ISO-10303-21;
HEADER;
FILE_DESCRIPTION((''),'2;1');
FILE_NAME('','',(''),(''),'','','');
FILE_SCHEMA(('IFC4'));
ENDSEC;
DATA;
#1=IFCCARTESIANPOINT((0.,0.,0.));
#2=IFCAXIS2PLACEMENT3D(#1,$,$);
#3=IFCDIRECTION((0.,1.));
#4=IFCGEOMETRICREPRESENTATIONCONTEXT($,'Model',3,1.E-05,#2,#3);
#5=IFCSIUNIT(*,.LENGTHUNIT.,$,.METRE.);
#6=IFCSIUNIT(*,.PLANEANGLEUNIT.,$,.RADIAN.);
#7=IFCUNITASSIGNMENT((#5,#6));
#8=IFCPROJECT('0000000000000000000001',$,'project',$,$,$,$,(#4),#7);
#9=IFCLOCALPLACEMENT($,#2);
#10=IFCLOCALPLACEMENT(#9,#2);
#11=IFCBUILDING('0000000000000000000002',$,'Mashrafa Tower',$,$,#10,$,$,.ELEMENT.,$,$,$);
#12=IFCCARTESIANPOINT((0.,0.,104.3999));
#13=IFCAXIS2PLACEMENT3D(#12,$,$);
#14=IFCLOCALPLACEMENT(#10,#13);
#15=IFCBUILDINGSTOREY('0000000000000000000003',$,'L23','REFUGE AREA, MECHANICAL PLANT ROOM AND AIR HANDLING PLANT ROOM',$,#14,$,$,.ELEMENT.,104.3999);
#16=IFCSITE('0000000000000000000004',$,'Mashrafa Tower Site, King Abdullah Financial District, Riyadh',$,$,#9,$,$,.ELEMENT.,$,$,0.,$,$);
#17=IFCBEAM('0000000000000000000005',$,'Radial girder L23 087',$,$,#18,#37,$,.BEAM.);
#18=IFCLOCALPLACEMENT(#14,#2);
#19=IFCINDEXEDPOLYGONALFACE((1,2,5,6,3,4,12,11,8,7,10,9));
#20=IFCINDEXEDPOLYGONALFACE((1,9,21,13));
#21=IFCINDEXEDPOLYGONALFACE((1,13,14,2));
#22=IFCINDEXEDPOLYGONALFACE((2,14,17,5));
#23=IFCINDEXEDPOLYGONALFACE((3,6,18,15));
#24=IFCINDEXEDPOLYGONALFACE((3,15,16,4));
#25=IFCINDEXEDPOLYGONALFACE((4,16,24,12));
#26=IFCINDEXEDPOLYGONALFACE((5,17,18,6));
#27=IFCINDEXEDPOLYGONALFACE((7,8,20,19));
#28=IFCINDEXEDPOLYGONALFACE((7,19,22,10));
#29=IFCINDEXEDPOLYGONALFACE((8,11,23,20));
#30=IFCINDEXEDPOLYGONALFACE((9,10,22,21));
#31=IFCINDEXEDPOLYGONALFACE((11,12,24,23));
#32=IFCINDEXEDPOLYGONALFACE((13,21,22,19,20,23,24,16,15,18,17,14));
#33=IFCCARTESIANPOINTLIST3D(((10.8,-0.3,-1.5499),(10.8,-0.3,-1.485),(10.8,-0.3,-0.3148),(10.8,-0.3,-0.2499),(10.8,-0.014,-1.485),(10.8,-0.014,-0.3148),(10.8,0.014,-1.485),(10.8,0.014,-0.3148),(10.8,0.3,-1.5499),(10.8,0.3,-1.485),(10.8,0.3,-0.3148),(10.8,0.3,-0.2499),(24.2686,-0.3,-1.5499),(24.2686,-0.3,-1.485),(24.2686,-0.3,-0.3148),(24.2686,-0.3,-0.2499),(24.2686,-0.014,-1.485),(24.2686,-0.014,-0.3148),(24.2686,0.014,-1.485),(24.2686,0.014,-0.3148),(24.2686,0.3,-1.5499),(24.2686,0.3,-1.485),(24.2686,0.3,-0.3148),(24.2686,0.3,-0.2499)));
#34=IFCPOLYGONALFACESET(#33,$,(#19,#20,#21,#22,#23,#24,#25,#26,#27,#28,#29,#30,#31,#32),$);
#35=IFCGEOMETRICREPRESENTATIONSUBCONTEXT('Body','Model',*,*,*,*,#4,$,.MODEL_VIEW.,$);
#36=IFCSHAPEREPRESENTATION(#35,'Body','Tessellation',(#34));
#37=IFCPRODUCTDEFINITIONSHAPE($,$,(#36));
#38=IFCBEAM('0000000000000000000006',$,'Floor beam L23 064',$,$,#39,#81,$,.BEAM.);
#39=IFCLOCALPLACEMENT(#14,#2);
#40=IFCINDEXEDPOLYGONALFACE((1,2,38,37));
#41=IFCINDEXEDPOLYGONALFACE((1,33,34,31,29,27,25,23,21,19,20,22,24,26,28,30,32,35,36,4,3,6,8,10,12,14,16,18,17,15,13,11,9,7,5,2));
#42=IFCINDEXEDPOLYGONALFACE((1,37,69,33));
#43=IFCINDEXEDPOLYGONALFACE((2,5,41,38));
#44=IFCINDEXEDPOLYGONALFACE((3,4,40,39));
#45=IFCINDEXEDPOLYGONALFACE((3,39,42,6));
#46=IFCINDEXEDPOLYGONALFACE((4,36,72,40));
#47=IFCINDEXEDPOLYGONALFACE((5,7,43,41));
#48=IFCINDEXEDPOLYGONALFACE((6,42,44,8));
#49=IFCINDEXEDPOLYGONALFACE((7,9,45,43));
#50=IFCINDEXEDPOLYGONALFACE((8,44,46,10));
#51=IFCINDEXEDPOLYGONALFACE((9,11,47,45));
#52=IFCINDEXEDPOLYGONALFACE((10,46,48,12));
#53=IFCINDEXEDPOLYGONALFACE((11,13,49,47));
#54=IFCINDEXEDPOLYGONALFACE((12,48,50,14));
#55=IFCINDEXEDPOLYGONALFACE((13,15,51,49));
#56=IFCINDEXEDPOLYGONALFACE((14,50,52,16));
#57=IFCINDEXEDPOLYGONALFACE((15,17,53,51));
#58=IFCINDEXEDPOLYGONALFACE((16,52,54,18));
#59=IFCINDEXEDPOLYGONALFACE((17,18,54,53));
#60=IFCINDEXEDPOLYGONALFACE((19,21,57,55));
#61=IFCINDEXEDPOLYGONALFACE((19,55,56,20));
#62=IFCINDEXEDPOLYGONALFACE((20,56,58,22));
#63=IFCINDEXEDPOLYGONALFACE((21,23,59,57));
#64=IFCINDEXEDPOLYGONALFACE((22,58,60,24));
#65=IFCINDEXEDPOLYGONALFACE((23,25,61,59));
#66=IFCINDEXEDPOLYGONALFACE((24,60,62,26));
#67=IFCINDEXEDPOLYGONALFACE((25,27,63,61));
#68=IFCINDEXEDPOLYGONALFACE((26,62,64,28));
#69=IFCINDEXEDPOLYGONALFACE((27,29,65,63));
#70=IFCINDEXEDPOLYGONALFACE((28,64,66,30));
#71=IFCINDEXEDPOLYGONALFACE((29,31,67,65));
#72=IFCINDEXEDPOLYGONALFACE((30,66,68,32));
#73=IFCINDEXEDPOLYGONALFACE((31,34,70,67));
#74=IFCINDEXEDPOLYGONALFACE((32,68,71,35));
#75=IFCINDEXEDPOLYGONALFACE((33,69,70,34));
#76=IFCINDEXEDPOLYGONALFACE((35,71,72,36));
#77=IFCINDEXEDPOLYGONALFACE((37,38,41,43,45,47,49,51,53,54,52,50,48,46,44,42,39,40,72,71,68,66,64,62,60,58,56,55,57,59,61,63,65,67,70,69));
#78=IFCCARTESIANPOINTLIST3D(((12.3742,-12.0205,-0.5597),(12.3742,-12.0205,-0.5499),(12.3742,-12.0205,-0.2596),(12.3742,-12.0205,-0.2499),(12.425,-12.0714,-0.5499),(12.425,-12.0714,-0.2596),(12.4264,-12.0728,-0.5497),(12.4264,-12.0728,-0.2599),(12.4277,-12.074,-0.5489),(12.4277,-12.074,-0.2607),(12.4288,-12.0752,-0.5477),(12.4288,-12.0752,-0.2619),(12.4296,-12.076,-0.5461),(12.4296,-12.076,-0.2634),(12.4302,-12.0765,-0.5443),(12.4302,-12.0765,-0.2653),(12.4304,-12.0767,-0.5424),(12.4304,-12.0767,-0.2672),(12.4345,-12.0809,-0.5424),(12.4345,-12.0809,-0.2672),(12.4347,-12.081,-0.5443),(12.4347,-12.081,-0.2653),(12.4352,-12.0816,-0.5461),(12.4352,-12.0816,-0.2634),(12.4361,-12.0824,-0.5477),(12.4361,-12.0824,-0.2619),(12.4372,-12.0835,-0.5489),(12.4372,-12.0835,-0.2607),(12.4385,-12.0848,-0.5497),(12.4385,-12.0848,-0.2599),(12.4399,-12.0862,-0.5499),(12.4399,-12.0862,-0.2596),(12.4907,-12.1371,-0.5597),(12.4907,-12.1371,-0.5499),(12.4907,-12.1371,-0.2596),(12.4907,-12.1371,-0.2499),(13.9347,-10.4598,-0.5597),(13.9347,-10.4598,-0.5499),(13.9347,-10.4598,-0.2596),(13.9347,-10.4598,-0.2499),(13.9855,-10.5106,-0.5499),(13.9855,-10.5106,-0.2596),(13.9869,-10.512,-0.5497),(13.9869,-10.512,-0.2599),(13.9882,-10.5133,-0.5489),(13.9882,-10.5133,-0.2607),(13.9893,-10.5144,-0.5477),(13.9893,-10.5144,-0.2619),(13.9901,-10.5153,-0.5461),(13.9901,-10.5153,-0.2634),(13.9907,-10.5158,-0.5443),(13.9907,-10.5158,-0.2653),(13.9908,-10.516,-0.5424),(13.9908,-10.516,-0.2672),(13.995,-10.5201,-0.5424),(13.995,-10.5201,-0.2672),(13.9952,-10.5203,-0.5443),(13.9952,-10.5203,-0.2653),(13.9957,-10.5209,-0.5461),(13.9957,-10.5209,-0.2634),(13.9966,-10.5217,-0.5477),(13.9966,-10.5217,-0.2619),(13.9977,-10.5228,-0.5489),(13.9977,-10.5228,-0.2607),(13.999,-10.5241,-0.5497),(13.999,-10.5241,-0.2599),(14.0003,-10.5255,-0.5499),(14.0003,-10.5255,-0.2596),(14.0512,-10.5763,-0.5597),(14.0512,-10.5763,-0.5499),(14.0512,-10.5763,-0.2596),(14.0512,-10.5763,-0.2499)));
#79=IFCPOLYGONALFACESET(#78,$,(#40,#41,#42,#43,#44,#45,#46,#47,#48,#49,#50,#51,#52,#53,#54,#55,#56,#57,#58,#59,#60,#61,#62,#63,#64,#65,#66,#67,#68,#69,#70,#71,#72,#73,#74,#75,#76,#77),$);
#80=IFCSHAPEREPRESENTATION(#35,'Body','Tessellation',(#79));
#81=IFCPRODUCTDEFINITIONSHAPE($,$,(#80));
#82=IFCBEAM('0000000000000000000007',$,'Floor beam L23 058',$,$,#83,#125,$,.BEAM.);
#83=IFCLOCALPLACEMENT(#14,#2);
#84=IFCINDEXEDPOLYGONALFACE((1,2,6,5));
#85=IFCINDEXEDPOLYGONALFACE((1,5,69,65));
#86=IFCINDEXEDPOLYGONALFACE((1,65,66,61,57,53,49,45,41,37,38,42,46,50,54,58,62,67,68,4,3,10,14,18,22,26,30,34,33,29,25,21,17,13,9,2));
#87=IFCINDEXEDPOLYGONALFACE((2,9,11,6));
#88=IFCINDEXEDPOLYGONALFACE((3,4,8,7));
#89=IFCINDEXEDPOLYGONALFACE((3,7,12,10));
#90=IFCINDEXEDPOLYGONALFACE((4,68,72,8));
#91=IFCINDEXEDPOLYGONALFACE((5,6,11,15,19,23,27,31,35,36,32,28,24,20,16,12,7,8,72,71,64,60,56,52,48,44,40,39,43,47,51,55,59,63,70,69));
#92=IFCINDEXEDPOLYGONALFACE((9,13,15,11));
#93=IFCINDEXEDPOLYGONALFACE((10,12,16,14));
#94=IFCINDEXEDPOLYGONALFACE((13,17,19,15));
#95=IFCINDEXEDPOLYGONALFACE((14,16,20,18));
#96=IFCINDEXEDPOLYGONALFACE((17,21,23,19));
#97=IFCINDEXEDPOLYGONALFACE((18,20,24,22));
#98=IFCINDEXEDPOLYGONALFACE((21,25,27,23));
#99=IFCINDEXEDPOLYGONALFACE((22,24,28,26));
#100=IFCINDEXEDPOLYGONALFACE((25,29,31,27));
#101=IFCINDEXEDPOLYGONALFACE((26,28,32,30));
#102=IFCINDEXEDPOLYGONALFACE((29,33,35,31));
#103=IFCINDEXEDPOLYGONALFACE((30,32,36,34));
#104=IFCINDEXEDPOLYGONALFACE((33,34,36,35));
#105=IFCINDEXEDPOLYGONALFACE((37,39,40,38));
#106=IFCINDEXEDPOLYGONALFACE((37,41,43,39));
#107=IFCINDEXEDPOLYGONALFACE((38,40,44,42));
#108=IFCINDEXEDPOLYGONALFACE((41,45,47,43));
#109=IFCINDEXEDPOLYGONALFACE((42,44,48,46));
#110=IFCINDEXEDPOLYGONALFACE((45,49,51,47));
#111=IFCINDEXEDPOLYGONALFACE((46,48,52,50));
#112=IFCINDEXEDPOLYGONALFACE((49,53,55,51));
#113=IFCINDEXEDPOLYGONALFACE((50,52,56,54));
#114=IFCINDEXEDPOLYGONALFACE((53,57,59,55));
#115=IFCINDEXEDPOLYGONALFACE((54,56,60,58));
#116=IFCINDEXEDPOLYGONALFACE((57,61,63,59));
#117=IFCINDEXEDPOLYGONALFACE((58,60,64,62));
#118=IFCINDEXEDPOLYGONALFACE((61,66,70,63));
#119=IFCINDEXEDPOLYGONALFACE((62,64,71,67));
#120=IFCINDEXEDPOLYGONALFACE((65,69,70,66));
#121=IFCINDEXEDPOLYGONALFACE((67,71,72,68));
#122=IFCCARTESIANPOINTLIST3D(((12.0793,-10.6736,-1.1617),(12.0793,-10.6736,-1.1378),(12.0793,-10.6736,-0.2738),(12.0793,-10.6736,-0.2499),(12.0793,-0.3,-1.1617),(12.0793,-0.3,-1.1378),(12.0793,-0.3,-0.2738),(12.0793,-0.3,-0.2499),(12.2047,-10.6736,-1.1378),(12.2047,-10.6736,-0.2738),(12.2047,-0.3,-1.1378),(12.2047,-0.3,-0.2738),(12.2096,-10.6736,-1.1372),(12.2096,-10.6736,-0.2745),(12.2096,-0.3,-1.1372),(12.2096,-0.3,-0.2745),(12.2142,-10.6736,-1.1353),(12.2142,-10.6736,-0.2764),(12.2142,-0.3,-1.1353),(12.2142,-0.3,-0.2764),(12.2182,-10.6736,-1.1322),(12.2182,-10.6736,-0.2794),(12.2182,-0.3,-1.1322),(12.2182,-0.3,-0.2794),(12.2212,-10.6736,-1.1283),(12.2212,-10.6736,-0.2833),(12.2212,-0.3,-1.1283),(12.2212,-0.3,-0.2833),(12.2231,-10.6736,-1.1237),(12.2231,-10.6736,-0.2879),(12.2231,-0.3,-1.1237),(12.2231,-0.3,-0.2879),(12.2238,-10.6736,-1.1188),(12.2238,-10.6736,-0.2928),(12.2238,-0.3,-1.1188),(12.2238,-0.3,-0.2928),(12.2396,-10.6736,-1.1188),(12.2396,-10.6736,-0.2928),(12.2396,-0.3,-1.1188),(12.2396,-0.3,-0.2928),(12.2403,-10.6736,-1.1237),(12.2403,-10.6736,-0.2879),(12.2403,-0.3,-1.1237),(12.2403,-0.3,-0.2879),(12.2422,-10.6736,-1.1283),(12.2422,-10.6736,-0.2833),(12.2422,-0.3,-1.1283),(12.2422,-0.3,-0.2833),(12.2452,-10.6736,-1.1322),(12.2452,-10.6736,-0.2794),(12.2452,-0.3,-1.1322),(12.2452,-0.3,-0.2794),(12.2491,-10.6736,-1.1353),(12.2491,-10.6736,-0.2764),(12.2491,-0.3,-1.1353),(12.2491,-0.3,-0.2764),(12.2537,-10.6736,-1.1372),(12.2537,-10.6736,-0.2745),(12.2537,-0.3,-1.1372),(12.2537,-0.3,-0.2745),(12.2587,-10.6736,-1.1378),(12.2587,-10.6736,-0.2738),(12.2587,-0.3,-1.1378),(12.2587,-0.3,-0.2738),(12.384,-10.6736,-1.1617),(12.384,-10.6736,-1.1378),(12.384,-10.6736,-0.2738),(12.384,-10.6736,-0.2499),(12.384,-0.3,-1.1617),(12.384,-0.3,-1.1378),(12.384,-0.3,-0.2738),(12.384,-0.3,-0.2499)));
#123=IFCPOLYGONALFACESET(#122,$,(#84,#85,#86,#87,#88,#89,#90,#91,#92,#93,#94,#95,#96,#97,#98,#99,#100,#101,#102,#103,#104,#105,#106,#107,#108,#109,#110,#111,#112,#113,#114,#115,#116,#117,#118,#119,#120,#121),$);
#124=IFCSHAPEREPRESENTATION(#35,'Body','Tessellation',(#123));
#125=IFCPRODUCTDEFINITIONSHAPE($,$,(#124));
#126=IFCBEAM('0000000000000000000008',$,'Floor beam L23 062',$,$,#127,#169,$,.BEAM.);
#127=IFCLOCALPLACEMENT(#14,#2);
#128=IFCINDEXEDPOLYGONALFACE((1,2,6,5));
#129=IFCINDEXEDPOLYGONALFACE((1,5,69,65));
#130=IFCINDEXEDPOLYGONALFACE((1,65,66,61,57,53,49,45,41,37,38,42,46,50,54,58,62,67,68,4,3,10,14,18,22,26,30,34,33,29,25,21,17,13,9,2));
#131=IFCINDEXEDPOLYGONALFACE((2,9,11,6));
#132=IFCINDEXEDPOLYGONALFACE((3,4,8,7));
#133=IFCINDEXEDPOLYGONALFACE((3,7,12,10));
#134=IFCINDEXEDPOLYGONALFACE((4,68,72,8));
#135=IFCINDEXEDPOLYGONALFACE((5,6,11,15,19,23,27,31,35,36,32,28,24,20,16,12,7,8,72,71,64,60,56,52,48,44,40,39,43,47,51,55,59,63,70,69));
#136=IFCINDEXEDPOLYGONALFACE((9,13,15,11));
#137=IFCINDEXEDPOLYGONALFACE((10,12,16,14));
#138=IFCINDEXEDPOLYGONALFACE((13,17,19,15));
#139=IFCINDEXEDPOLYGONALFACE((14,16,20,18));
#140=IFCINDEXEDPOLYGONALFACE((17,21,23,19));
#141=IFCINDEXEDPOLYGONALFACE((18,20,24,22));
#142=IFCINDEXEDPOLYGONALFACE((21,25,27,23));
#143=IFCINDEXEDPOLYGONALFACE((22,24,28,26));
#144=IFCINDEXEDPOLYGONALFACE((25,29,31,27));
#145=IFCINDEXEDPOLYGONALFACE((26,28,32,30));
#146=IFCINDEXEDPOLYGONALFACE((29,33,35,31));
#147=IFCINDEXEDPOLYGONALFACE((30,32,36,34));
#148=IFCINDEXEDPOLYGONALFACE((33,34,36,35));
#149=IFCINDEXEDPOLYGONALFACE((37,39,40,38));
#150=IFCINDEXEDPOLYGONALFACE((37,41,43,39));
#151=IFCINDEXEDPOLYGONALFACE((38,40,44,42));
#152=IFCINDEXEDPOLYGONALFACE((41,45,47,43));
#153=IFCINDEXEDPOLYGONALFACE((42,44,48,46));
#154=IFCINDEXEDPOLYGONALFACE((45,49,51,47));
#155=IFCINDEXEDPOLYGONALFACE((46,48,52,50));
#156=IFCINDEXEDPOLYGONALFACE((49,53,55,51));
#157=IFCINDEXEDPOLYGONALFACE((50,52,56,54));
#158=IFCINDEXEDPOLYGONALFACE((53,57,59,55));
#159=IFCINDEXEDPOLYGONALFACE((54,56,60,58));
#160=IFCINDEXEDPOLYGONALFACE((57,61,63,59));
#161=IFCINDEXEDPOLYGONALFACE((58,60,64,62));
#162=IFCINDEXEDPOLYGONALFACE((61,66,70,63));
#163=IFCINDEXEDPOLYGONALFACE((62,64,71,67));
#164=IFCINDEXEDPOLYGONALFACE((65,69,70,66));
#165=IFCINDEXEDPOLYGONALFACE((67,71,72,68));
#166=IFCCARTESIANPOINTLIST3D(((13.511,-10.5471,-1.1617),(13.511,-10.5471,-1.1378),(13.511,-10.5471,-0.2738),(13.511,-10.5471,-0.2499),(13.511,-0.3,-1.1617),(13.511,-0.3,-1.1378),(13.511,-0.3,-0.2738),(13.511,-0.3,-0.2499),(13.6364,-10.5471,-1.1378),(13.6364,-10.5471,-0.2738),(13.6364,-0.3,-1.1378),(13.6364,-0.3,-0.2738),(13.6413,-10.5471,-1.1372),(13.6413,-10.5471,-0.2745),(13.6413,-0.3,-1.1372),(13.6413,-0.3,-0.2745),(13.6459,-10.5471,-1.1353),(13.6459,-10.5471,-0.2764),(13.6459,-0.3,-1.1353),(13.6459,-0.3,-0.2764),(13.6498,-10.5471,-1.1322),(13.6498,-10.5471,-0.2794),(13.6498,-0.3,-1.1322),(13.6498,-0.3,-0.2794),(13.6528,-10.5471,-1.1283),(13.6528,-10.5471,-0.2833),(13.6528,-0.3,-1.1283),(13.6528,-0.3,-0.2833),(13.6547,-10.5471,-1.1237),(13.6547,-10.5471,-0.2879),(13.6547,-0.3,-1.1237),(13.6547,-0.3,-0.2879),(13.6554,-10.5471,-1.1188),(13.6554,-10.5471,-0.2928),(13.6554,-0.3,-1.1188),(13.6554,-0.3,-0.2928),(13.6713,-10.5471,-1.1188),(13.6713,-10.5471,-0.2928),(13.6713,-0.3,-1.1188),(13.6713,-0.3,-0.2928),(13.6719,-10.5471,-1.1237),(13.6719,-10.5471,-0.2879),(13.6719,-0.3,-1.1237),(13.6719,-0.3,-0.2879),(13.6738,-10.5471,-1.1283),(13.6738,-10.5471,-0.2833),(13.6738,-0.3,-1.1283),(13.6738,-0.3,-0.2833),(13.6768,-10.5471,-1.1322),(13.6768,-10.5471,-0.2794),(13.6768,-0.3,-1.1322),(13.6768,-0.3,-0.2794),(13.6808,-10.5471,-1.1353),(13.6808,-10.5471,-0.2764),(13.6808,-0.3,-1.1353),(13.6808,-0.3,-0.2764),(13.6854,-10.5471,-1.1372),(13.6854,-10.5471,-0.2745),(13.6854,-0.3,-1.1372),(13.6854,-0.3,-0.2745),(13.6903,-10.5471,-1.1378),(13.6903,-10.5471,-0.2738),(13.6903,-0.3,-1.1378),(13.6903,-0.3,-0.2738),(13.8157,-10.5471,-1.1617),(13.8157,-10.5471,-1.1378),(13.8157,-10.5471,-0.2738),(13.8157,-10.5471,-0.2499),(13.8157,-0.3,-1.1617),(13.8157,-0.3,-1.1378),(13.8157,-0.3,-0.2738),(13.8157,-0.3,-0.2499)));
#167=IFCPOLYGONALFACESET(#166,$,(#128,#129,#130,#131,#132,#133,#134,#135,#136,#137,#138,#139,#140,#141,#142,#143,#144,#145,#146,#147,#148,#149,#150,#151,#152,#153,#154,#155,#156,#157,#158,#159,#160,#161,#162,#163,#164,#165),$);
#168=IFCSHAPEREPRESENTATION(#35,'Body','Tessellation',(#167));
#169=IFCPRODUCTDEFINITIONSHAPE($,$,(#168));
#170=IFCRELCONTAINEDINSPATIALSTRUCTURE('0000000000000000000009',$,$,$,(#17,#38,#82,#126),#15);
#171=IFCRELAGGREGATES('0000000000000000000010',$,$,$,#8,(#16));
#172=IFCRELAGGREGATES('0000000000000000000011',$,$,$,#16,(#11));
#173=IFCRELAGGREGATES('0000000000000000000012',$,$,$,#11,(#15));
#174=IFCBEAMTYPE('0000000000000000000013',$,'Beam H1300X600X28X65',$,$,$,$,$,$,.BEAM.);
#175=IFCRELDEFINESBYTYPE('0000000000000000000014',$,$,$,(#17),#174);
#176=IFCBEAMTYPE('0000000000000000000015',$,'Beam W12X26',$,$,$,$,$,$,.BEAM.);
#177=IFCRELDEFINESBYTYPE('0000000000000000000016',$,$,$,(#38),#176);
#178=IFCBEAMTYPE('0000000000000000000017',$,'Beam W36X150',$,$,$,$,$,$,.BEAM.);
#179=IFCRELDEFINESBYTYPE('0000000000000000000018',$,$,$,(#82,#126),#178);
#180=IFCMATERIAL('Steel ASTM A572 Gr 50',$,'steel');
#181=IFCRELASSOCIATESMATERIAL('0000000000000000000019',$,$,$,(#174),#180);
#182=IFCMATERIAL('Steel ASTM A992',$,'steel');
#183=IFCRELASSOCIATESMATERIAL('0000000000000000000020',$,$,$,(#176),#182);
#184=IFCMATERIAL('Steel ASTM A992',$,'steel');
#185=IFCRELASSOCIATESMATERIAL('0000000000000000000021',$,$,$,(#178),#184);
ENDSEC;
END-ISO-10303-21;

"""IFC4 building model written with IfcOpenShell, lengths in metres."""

from ifc_helpers import new_model, si_unit, direction, frame, origin, origin_2d, place, context, subcontext, project, spatial, i_section, extrude, material, material_profile, profile_set, type_object, element, save


model = new_model("IFC4")

# Units and contexts
model_context = context("Model", 3, precision=1e-05, world=origin(), true_north=direction((0.0, 1.0)))
body_context = subcontext(model_context, "Body", "Model", "MODEL_VIEW")
ifc_project = project(units=[si_unit("LENGTHUNIT", "METRE"), si_unit("PLANEANGLEUNIT", "RADIAN")], contexts=[model_context])

# Site, building, storey
site_placement = place(None, origin())
site = spatial("IfcSite", under=ifc_project, at=site_placement, Name="Mashrafa Tower Site, King Abdullah Financial District, Riyadh", CompositionType="ELEMENT", RefElevation=0.0)
building_placement = place(site_placement, origin())
building = spatial("IfcBuilding", under=site, at=building_placement, Name="Mashrafa Tower", CompositionType="ELEMENT")
storey_placement = place(building_placement, frame((0.0, 0.0, 104.3999)))
storey = spatial("IfcBuildingStorey", under=building, at=storey_placement, Name="L23", Description="REFUGE AREA, MECHANICAL PLANT ROOM AND AIR HANDLING PLANT ROOM", CompositionType="ELEMENT", Elevation=104.3999)

# Beams
ifc_material_1 = material(Name="Steel ASTM A572 Gr 50", Category="steel")
ifc_material_profile_1 = material_profile(ifc_material_1, i_section(OverallWidth=0.6001, OverallDepth=1.3, WebThickness=0.0281, FlangeThickness=0.0649, at=origin_2d()), Name="H1300X600X28X65")
ifc_profile_set_1 = profile_set([ifc_material_profile_1], Name="Steel ASTM A572 Gr 50")
beam_type_1 = type_object("IfcBeamType", Name="Beam H1300X600X28X65", PredefinedType="BEAM", material=ifc_profile_set_1)
beam_1_placement = place(storey_placement, frame((10.8, 0.0, -0.8999), z_axis=(1.0, 0.0, 0.0), x_axis=(0.0, 1.0, 0.0)))
element("IfcBeam", 1, at=beam_1_placement, inside=storey, type_object=beam_type_1, Name="Radial girder L23 087", PredefinedType="BEAM", context=body_context, shape_type="SweptSolid", body=[
    extrude(i_section(OverallWidth=0.6001, OverallDepth=1.3, WebThickness=0.0281, FlangeThickness=0.0649, at=origin_2d()), origin(), (0.0, 0.0, 1.0), 13.4685),
])
ifc_material_2 = material(Name="Steel ASTM A992", Category="steel")
ifc_material_profile_2 = material_profile(ifc_material_2, i_section(OverallWidth=0.1648, OverallDepth=0.3098, WebThickness=0.0059, FlangeThickness=0.0098, FilletRadius=0.0076, at=origin_2d()), Name="W12X26")
ifc_profile_set_2 = profile_set([ifc_material_profile_2], Name="Steel ASTM A992")
beam_type_2 = type_object("IfcBeamType", Name="Beam W12X26", PredefinedType="BEAM", material=ifc_profile_set_2)
beam_2_placement = place(storey_placement, frame((13.9929, -10.5181, -0.4048), z_axis=(-0.707051, -0.707162, 0.0), x_axis=(0.707162, -0.707051, 0.0)))
element("IfcBeam", 2, at=beam_2_placement, inside=storey, type_object=beam_type_2, Name="Floor beam L23 064", PredefinedType="BEAM", context=body_context, shape_type="SweptSolid", body=[
    extrude(i_section(OverallWidth=0.1648, OverallDepth=0.3098, WebThickness=0.0059, FlangeThickness=0.0098, FilletRadius=0.0076, at=origin_2d()), origin(), (0.0, 0.0, 1.0), 2.207),
])
ifc_material_3 = material(Name="Steel ASTM A992", Category="steel")
ifc_material_profile_3 = material_profile(ifc_material_3, i_section(OverallWidth=0.3047, OverallDepth=0.9119, WebThickness=0.0159, FlangeThickness=0.0239, FilletRadius=0.019, at=origin_2d()), Name="W36X150")
ifc_profile_set_3 = profile_set([ifc_material_profile_3], Name="Steel ASTM A992")
beam_type_3 = type_object("IfcBeamType", Name="Beam W36X150", PredefinedType="BEAM", material=ifc_profile_set_3)
beam_3_placement = place(storey_placement, frame((12.2317, -0.3, -0.7058), z_axis=(0.0, -1.0, 0.0), x_axis=(1.0, 0.0, 0.0)))
element("IfcBeam", 3, at=beam_3_placement, inside=storey, type_object=beam_type_3, Name="Floor beam L23 058", PredefinedType="BEAM", context=body_context, shape_type="SweptSolid", body=[
    extrude(i_section(OverallWidth=0.3047, OverallDepth=0.9119, WebThickness=0.0159, FlangeThickness=0.0239, FilletRadius=0.019, at=origin_2d()), origin(), (0.0, 0.0, 1.0), 10.3735),
])
beam_4_placement = place(storey_placement, frame((13.6633, -0.3, -0.7058), z_axis=(0.0, -1.0, 0.0), x_axis=(1.0, 0.0, 0.0)))
element("IfcBeam", 4, at=beam_4_placement, inside=storey, type_object=beam_type_3, Name="Floor beam L23 062", PredefinedType="BEAM", context=body_context, shape_type="SweptSolid", body=[
    extrude(i_section(OverallWidth=0.3047, OverallDepth=0.9119, WebThickness=0.0159, FlangeThickness=0.0239, FilletRadius=0.019, at=origin_2d()), origin(), (0.0, 0.0, 1.0), 10.2471),
])

save(model, "model.ifc")
